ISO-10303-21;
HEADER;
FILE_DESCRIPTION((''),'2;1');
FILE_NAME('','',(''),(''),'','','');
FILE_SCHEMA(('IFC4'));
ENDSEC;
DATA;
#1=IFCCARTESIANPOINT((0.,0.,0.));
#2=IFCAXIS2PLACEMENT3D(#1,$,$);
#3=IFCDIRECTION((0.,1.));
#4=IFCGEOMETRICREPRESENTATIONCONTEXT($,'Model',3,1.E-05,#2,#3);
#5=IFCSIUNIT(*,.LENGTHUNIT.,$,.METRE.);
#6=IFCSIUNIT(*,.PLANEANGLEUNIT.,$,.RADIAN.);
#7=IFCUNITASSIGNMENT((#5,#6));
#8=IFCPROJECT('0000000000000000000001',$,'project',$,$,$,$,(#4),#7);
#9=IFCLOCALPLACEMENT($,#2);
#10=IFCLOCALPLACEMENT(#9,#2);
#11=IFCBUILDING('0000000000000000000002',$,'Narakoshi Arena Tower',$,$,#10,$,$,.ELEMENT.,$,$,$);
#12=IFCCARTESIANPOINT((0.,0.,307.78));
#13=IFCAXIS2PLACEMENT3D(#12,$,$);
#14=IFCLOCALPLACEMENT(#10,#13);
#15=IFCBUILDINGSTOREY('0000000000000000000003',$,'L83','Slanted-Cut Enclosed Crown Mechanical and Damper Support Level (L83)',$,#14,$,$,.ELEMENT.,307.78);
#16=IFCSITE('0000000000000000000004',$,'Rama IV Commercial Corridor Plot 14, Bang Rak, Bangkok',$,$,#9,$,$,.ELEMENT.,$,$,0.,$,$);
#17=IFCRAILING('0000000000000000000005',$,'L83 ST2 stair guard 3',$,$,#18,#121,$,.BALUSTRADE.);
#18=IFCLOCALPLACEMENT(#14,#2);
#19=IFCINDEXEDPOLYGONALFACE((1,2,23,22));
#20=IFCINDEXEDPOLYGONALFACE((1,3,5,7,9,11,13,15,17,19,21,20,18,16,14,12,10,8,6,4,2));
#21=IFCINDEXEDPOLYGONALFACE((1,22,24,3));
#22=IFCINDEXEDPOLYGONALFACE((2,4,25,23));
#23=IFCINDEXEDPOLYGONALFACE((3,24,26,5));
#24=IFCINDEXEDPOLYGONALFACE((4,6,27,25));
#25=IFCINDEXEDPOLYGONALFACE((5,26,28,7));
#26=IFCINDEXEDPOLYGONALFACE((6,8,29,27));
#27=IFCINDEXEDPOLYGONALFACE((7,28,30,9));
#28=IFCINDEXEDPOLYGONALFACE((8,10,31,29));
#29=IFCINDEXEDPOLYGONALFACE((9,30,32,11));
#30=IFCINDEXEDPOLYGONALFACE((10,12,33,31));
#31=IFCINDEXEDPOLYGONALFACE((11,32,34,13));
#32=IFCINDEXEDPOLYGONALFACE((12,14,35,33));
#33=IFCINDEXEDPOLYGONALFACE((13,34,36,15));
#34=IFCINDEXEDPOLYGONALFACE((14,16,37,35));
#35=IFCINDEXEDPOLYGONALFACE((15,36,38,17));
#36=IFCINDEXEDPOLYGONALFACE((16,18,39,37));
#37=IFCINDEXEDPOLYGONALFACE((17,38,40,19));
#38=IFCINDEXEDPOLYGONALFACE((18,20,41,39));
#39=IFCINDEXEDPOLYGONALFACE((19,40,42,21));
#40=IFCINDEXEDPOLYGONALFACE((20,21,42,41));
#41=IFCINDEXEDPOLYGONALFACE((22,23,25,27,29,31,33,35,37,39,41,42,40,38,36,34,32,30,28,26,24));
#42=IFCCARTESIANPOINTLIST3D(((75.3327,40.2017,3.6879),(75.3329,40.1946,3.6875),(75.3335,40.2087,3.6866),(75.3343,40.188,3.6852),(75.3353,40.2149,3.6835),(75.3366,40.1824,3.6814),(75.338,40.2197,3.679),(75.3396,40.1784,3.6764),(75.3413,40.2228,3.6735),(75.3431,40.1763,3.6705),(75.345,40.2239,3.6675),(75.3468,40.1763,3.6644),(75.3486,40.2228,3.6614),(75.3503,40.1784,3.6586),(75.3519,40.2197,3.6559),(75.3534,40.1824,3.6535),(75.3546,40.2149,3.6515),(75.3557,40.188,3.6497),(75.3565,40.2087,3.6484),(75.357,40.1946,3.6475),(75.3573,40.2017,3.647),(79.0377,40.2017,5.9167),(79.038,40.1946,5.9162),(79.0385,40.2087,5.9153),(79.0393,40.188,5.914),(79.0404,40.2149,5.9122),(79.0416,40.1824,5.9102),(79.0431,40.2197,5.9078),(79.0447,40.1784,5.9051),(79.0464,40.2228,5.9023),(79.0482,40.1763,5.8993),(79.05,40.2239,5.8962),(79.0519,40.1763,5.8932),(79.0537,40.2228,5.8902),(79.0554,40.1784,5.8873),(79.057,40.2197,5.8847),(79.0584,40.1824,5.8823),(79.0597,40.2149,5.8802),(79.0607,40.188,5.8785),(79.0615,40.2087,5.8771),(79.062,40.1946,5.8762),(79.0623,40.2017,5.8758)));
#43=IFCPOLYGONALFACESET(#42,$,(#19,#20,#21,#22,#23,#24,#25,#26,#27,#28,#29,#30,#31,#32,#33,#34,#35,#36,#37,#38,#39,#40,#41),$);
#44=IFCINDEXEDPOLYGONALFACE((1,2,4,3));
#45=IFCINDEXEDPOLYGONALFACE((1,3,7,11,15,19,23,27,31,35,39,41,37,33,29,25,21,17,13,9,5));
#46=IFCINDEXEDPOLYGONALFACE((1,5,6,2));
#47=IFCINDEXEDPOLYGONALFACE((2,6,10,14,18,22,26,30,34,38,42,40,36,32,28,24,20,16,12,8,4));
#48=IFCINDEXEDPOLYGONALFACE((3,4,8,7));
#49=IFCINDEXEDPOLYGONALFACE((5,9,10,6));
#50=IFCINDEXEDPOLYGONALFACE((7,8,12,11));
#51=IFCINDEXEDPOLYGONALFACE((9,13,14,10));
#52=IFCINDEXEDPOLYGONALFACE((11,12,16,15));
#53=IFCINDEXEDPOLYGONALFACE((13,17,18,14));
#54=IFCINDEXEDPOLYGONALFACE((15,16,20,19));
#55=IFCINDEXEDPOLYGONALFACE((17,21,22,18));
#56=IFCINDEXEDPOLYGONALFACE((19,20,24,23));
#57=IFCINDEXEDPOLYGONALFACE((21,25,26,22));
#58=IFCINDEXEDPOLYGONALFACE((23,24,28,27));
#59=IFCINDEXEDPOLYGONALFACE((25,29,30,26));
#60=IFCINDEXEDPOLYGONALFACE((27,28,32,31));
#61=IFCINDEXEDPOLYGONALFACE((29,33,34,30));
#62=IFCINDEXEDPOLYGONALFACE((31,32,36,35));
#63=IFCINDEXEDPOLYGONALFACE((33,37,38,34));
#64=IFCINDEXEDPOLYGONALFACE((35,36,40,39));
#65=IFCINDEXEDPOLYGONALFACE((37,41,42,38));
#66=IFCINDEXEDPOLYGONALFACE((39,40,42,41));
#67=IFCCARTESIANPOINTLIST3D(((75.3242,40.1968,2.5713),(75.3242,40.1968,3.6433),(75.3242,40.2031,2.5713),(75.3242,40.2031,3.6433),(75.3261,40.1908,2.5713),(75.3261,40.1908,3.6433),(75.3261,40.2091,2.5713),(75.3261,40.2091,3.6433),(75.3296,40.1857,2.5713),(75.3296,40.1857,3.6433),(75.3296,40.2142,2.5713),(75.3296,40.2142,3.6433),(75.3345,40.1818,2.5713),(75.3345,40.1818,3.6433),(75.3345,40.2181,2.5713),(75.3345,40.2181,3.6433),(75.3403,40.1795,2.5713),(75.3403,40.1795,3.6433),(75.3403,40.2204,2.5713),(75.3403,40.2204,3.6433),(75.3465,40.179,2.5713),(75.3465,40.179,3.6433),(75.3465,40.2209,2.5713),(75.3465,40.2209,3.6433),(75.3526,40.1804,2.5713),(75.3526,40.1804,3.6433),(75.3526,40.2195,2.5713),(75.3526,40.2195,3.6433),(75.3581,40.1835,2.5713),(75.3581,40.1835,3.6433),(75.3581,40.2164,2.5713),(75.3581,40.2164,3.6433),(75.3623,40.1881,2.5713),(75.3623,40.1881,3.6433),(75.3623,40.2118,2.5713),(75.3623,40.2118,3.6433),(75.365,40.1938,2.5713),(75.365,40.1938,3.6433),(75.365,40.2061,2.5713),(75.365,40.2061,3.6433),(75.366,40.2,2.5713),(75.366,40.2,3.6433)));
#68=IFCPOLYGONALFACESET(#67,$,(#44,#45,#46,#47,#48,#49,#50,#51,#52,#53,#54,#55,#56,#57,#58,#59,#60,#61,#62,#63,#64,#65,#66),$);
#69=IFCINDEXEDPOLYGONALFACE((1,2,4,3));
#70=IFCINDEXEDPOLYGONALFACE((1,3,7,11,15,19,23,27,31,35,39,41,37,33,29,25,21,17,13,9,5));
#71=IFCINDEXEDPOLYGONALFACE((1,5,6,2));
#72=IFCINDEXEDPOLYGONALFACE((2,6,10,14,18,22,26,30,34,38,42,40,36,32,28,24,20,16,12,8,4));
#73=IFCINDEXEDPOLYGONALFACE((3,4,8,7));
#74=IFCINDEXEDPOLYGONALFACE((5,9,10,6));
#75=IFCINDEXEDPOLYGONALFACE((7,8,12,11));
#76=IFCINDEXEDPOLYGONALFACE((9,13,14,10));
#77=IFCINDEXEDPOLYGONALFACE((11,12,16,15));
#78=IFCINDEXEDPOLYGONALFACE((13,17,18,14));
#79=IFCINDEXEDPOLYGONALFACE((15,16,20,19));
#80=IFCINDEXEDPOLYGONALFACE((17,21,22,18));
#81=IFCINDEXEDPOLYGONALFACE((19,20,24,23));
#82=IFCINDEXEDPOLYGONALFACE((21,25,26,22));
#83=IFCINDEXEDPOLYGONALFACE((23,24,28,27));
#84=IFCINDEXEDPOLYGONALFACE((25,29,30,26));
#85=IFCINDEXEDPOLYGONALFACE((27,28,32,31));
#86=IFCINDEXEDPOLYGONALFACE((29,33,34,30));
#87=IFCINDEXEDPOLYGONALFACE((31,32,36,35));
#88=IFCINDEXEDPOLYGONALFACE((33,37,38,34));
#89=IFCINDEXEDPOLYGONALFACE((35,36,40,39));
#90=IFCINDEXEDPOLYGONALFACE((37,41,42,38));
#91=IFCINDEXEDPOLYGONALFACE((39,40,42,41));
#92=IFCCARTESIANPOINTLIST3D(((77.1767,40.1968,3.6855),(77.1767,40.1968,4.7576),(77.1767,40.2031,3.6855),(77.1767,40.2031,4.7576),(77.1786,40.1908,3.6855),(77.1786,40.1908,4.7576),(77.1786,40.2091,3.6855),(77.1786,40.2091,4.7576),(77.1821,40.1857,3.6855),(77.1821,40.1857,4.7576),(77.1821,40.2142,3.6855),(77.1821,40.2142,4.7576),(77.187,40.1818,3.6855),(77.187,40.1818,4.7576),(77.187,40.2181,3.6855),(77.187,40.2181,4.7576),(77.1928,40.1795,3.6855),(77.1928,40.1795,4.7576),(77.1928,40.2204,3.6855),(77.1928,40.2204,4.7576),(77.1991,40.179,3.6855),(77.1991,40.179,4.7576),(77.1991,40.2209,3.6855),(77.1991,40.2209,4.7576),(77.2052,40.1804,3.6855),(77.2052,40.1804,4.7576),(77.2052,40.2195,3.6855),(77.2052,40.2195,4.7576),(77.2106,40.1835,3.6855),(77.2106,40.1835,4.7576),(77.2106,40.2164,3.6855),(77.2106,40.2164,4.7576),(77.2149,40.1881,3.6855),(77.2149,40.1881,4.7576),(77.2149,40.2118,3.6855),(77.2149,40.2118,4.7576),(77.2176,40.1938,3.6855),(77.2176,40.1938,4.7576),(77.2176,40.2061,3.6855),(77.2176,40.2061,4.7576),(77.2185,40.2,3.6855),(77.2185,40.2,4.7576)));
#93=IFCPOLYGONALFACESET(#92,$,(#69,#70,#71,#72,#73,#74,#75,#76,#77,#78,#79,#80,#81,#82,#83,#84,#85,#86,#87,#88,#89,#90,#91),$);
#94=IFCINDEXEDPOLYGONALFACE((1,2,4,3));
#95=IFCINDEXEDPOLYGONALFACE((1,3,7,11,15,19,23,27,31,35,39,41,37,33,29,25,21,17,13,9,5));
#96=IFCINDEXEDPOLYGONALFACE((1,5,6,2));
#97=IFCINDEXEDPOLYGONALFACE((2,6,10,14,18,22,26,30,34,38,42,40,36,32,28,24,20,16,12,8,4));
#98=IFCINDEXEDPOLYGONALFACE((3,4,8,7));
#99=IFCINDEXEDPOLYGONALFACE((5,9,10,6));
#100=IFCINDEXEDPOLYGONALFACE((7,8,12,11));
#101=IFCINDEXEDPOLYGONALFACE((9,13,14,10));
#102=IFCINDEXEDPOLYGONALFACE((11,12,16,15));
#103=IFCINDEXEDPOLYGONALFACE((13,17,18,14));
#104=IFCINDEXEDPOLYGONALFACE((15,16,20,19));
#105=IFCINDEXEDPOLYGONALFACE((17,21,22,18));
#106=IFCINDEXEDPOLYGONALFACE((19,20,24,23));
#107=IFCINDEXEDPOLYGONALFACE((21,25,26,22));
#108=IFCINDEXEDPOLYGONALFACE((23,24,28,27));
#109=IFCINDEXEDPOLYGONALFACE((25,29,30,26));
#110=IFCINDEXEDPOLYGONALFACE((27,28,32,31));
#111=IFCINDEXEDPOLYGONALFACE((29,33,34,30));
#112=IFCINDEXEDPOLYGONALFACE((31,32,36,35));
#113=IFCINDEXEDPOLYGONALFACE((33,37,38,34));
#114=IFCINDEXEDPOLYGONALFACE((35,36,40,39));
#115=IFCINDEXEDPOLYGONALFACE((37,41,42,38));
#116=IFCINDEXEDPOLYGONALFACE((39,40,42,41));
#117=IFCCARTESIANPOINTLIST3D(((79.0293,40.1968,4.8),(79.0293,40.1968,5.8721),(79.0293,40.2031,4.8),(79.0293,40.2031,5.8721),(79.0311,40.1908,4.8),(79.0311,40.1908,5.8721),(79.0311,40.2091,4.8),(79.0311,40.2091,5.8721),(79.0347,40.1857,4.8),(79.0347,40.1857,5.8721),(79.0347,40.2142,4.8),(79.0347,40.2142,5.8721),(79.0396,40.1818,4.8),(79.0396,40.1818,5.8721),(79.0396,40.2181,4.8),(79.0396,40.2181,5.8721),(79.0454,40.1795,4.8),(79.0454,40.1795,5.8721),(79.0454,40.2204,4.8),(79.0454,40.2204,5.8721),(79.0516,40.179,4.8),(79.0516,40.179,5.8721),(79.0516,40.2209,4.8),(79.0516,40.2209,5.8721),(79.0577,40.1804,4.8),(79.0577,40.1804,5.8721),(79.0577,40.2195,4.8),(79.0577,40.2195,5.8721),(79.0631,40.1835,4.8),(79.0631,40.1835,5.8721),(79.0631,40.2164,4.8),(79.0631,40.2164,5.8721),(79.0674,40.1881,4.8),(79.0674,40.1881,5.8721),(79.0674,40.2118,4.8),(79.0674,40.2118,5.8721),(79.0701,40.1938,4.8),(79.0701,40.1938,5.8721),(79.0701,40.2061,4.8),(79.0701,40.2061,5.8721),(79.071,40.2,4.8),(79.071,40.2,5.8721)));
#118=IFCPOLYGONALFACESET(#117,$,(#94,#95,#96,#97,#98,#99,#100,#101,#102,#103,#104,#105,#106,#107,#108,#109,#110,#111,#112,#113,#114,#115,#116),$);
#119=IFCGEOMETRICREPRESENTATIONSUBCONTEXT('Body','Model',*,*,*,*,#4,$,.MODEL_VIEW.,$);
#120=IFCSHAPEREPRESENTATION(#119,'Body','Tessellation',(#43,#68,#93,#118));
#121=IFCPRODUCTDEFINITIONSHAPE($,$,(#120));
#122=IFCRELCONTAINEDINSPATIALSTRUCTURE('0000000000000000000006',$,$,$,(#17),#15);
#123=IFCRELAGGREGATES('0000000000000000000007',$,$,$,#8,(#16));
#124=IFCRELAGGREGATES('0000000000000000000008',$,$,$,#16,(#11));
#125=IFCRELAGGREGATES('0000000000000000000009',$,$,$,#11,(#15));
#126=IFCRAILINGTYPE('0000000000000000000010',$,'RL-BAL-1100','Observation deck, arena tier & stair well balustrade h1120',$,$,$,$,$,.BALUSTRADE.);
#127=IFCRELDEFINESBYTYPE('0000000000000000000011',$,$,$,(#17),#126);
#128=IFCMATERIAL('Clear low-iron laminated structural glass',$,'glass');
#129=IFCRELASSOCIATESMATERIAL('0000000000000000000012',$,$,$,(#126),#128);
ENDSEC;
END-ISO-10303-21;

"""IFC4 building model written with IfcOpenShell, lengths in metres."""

from ifc_helpers import new_model, si_unit, direction, frame, origin, origin_2d, place, context, subcontext, project, spatial, circle, extrude, material, type_object, element, save


model = new_model("IFC4")

# Units and contexts
model_context = context("Model", 3, precision=1e-05, world=origin(), true_north=direction((0.0, 1.0)))
body_context = subcontext(model_context, "Body", "Model", "MODEL_VIEW")
ifc_project = project(units=[si_unit("LENGTHUNIT", "METRE"), si_unit("PLANEANGLEUNIT", "RADIAN")], contexts=[model_context])

# Site, building, storey
site_placement = place(None, origin())
site = spatial("IfcSite", under=ifc_project, at=site_placement, Name="Rama IV Commercial Corridor Plot 14, Bang Rak, Bangkok", CompositionType="ELEMENT", RefElevation=0.0)
building_placement = place(site_placement, origin())
building = spatial("IfcBuilding", under=site, at=building_placement, Name="Narakoshi Arena Tower", CompositionType="ELEMENT")
storey_placement = place(building_placement, frame((0.0, 0.0, 307.78)))
storey = spatial("IfcBuildingStorey", under=building, at=storey_placement, Name="L83", Description="Slanted-Cut Enclosed Crown Mechanical and Damper Support Level (L83)", CompositionType="ELEMENT", Elevation=307.78)

# Railing
ifc_material_1 = material(Name="Clear low-iron laminated structural glass", Category="glass")
railing_type_1 = type_object("IfcRailingType", Name="RL-BAL-1100", Description="Observation deck, arena tier & stair well balustrade h1120", PredefinedType="BALUSTRADE", material=ifc_material_1)
railing_1_placement = place(storey_placement, frame((75.345, 40.2, 2.5713)))
element("IfcRailing", 1, at=railing_1_placement, inside=storey, type_object=railing_type_1, Name="L83 ST2 stair guard 3", PredefinedType="BALUSTRADE", context=body_context, shape_type="SweptSolid", body=[
    extrude(circle(Radius=0.0239, at=origin_2d()), frame((0.0, 0.0, 1.0962), z_axis=(0.856909, 0.0, 0.515467), x_axis=(0.0, 1.0, 0.0)), (0.0, 0.0, 1.0), 4.3237),
    extrude(circle(Radius=0.021, at=origin_2d()), origin(), (0.0, 0.0, 1.0), 1.072),
    extrude(circle(Radius=0.021, at=origin_2d()), frame((1.8525, 0.0, 1.1143)), (0.0, 0.0, 1.0), 1.072),
    extrude(circle(Radius=0.021, at=origin_2d()), frame((3.7051, 0.0, 2.2288)), (0.0, 0.0, 1.0), 1.072),
])

save(model, "model.ifc")
